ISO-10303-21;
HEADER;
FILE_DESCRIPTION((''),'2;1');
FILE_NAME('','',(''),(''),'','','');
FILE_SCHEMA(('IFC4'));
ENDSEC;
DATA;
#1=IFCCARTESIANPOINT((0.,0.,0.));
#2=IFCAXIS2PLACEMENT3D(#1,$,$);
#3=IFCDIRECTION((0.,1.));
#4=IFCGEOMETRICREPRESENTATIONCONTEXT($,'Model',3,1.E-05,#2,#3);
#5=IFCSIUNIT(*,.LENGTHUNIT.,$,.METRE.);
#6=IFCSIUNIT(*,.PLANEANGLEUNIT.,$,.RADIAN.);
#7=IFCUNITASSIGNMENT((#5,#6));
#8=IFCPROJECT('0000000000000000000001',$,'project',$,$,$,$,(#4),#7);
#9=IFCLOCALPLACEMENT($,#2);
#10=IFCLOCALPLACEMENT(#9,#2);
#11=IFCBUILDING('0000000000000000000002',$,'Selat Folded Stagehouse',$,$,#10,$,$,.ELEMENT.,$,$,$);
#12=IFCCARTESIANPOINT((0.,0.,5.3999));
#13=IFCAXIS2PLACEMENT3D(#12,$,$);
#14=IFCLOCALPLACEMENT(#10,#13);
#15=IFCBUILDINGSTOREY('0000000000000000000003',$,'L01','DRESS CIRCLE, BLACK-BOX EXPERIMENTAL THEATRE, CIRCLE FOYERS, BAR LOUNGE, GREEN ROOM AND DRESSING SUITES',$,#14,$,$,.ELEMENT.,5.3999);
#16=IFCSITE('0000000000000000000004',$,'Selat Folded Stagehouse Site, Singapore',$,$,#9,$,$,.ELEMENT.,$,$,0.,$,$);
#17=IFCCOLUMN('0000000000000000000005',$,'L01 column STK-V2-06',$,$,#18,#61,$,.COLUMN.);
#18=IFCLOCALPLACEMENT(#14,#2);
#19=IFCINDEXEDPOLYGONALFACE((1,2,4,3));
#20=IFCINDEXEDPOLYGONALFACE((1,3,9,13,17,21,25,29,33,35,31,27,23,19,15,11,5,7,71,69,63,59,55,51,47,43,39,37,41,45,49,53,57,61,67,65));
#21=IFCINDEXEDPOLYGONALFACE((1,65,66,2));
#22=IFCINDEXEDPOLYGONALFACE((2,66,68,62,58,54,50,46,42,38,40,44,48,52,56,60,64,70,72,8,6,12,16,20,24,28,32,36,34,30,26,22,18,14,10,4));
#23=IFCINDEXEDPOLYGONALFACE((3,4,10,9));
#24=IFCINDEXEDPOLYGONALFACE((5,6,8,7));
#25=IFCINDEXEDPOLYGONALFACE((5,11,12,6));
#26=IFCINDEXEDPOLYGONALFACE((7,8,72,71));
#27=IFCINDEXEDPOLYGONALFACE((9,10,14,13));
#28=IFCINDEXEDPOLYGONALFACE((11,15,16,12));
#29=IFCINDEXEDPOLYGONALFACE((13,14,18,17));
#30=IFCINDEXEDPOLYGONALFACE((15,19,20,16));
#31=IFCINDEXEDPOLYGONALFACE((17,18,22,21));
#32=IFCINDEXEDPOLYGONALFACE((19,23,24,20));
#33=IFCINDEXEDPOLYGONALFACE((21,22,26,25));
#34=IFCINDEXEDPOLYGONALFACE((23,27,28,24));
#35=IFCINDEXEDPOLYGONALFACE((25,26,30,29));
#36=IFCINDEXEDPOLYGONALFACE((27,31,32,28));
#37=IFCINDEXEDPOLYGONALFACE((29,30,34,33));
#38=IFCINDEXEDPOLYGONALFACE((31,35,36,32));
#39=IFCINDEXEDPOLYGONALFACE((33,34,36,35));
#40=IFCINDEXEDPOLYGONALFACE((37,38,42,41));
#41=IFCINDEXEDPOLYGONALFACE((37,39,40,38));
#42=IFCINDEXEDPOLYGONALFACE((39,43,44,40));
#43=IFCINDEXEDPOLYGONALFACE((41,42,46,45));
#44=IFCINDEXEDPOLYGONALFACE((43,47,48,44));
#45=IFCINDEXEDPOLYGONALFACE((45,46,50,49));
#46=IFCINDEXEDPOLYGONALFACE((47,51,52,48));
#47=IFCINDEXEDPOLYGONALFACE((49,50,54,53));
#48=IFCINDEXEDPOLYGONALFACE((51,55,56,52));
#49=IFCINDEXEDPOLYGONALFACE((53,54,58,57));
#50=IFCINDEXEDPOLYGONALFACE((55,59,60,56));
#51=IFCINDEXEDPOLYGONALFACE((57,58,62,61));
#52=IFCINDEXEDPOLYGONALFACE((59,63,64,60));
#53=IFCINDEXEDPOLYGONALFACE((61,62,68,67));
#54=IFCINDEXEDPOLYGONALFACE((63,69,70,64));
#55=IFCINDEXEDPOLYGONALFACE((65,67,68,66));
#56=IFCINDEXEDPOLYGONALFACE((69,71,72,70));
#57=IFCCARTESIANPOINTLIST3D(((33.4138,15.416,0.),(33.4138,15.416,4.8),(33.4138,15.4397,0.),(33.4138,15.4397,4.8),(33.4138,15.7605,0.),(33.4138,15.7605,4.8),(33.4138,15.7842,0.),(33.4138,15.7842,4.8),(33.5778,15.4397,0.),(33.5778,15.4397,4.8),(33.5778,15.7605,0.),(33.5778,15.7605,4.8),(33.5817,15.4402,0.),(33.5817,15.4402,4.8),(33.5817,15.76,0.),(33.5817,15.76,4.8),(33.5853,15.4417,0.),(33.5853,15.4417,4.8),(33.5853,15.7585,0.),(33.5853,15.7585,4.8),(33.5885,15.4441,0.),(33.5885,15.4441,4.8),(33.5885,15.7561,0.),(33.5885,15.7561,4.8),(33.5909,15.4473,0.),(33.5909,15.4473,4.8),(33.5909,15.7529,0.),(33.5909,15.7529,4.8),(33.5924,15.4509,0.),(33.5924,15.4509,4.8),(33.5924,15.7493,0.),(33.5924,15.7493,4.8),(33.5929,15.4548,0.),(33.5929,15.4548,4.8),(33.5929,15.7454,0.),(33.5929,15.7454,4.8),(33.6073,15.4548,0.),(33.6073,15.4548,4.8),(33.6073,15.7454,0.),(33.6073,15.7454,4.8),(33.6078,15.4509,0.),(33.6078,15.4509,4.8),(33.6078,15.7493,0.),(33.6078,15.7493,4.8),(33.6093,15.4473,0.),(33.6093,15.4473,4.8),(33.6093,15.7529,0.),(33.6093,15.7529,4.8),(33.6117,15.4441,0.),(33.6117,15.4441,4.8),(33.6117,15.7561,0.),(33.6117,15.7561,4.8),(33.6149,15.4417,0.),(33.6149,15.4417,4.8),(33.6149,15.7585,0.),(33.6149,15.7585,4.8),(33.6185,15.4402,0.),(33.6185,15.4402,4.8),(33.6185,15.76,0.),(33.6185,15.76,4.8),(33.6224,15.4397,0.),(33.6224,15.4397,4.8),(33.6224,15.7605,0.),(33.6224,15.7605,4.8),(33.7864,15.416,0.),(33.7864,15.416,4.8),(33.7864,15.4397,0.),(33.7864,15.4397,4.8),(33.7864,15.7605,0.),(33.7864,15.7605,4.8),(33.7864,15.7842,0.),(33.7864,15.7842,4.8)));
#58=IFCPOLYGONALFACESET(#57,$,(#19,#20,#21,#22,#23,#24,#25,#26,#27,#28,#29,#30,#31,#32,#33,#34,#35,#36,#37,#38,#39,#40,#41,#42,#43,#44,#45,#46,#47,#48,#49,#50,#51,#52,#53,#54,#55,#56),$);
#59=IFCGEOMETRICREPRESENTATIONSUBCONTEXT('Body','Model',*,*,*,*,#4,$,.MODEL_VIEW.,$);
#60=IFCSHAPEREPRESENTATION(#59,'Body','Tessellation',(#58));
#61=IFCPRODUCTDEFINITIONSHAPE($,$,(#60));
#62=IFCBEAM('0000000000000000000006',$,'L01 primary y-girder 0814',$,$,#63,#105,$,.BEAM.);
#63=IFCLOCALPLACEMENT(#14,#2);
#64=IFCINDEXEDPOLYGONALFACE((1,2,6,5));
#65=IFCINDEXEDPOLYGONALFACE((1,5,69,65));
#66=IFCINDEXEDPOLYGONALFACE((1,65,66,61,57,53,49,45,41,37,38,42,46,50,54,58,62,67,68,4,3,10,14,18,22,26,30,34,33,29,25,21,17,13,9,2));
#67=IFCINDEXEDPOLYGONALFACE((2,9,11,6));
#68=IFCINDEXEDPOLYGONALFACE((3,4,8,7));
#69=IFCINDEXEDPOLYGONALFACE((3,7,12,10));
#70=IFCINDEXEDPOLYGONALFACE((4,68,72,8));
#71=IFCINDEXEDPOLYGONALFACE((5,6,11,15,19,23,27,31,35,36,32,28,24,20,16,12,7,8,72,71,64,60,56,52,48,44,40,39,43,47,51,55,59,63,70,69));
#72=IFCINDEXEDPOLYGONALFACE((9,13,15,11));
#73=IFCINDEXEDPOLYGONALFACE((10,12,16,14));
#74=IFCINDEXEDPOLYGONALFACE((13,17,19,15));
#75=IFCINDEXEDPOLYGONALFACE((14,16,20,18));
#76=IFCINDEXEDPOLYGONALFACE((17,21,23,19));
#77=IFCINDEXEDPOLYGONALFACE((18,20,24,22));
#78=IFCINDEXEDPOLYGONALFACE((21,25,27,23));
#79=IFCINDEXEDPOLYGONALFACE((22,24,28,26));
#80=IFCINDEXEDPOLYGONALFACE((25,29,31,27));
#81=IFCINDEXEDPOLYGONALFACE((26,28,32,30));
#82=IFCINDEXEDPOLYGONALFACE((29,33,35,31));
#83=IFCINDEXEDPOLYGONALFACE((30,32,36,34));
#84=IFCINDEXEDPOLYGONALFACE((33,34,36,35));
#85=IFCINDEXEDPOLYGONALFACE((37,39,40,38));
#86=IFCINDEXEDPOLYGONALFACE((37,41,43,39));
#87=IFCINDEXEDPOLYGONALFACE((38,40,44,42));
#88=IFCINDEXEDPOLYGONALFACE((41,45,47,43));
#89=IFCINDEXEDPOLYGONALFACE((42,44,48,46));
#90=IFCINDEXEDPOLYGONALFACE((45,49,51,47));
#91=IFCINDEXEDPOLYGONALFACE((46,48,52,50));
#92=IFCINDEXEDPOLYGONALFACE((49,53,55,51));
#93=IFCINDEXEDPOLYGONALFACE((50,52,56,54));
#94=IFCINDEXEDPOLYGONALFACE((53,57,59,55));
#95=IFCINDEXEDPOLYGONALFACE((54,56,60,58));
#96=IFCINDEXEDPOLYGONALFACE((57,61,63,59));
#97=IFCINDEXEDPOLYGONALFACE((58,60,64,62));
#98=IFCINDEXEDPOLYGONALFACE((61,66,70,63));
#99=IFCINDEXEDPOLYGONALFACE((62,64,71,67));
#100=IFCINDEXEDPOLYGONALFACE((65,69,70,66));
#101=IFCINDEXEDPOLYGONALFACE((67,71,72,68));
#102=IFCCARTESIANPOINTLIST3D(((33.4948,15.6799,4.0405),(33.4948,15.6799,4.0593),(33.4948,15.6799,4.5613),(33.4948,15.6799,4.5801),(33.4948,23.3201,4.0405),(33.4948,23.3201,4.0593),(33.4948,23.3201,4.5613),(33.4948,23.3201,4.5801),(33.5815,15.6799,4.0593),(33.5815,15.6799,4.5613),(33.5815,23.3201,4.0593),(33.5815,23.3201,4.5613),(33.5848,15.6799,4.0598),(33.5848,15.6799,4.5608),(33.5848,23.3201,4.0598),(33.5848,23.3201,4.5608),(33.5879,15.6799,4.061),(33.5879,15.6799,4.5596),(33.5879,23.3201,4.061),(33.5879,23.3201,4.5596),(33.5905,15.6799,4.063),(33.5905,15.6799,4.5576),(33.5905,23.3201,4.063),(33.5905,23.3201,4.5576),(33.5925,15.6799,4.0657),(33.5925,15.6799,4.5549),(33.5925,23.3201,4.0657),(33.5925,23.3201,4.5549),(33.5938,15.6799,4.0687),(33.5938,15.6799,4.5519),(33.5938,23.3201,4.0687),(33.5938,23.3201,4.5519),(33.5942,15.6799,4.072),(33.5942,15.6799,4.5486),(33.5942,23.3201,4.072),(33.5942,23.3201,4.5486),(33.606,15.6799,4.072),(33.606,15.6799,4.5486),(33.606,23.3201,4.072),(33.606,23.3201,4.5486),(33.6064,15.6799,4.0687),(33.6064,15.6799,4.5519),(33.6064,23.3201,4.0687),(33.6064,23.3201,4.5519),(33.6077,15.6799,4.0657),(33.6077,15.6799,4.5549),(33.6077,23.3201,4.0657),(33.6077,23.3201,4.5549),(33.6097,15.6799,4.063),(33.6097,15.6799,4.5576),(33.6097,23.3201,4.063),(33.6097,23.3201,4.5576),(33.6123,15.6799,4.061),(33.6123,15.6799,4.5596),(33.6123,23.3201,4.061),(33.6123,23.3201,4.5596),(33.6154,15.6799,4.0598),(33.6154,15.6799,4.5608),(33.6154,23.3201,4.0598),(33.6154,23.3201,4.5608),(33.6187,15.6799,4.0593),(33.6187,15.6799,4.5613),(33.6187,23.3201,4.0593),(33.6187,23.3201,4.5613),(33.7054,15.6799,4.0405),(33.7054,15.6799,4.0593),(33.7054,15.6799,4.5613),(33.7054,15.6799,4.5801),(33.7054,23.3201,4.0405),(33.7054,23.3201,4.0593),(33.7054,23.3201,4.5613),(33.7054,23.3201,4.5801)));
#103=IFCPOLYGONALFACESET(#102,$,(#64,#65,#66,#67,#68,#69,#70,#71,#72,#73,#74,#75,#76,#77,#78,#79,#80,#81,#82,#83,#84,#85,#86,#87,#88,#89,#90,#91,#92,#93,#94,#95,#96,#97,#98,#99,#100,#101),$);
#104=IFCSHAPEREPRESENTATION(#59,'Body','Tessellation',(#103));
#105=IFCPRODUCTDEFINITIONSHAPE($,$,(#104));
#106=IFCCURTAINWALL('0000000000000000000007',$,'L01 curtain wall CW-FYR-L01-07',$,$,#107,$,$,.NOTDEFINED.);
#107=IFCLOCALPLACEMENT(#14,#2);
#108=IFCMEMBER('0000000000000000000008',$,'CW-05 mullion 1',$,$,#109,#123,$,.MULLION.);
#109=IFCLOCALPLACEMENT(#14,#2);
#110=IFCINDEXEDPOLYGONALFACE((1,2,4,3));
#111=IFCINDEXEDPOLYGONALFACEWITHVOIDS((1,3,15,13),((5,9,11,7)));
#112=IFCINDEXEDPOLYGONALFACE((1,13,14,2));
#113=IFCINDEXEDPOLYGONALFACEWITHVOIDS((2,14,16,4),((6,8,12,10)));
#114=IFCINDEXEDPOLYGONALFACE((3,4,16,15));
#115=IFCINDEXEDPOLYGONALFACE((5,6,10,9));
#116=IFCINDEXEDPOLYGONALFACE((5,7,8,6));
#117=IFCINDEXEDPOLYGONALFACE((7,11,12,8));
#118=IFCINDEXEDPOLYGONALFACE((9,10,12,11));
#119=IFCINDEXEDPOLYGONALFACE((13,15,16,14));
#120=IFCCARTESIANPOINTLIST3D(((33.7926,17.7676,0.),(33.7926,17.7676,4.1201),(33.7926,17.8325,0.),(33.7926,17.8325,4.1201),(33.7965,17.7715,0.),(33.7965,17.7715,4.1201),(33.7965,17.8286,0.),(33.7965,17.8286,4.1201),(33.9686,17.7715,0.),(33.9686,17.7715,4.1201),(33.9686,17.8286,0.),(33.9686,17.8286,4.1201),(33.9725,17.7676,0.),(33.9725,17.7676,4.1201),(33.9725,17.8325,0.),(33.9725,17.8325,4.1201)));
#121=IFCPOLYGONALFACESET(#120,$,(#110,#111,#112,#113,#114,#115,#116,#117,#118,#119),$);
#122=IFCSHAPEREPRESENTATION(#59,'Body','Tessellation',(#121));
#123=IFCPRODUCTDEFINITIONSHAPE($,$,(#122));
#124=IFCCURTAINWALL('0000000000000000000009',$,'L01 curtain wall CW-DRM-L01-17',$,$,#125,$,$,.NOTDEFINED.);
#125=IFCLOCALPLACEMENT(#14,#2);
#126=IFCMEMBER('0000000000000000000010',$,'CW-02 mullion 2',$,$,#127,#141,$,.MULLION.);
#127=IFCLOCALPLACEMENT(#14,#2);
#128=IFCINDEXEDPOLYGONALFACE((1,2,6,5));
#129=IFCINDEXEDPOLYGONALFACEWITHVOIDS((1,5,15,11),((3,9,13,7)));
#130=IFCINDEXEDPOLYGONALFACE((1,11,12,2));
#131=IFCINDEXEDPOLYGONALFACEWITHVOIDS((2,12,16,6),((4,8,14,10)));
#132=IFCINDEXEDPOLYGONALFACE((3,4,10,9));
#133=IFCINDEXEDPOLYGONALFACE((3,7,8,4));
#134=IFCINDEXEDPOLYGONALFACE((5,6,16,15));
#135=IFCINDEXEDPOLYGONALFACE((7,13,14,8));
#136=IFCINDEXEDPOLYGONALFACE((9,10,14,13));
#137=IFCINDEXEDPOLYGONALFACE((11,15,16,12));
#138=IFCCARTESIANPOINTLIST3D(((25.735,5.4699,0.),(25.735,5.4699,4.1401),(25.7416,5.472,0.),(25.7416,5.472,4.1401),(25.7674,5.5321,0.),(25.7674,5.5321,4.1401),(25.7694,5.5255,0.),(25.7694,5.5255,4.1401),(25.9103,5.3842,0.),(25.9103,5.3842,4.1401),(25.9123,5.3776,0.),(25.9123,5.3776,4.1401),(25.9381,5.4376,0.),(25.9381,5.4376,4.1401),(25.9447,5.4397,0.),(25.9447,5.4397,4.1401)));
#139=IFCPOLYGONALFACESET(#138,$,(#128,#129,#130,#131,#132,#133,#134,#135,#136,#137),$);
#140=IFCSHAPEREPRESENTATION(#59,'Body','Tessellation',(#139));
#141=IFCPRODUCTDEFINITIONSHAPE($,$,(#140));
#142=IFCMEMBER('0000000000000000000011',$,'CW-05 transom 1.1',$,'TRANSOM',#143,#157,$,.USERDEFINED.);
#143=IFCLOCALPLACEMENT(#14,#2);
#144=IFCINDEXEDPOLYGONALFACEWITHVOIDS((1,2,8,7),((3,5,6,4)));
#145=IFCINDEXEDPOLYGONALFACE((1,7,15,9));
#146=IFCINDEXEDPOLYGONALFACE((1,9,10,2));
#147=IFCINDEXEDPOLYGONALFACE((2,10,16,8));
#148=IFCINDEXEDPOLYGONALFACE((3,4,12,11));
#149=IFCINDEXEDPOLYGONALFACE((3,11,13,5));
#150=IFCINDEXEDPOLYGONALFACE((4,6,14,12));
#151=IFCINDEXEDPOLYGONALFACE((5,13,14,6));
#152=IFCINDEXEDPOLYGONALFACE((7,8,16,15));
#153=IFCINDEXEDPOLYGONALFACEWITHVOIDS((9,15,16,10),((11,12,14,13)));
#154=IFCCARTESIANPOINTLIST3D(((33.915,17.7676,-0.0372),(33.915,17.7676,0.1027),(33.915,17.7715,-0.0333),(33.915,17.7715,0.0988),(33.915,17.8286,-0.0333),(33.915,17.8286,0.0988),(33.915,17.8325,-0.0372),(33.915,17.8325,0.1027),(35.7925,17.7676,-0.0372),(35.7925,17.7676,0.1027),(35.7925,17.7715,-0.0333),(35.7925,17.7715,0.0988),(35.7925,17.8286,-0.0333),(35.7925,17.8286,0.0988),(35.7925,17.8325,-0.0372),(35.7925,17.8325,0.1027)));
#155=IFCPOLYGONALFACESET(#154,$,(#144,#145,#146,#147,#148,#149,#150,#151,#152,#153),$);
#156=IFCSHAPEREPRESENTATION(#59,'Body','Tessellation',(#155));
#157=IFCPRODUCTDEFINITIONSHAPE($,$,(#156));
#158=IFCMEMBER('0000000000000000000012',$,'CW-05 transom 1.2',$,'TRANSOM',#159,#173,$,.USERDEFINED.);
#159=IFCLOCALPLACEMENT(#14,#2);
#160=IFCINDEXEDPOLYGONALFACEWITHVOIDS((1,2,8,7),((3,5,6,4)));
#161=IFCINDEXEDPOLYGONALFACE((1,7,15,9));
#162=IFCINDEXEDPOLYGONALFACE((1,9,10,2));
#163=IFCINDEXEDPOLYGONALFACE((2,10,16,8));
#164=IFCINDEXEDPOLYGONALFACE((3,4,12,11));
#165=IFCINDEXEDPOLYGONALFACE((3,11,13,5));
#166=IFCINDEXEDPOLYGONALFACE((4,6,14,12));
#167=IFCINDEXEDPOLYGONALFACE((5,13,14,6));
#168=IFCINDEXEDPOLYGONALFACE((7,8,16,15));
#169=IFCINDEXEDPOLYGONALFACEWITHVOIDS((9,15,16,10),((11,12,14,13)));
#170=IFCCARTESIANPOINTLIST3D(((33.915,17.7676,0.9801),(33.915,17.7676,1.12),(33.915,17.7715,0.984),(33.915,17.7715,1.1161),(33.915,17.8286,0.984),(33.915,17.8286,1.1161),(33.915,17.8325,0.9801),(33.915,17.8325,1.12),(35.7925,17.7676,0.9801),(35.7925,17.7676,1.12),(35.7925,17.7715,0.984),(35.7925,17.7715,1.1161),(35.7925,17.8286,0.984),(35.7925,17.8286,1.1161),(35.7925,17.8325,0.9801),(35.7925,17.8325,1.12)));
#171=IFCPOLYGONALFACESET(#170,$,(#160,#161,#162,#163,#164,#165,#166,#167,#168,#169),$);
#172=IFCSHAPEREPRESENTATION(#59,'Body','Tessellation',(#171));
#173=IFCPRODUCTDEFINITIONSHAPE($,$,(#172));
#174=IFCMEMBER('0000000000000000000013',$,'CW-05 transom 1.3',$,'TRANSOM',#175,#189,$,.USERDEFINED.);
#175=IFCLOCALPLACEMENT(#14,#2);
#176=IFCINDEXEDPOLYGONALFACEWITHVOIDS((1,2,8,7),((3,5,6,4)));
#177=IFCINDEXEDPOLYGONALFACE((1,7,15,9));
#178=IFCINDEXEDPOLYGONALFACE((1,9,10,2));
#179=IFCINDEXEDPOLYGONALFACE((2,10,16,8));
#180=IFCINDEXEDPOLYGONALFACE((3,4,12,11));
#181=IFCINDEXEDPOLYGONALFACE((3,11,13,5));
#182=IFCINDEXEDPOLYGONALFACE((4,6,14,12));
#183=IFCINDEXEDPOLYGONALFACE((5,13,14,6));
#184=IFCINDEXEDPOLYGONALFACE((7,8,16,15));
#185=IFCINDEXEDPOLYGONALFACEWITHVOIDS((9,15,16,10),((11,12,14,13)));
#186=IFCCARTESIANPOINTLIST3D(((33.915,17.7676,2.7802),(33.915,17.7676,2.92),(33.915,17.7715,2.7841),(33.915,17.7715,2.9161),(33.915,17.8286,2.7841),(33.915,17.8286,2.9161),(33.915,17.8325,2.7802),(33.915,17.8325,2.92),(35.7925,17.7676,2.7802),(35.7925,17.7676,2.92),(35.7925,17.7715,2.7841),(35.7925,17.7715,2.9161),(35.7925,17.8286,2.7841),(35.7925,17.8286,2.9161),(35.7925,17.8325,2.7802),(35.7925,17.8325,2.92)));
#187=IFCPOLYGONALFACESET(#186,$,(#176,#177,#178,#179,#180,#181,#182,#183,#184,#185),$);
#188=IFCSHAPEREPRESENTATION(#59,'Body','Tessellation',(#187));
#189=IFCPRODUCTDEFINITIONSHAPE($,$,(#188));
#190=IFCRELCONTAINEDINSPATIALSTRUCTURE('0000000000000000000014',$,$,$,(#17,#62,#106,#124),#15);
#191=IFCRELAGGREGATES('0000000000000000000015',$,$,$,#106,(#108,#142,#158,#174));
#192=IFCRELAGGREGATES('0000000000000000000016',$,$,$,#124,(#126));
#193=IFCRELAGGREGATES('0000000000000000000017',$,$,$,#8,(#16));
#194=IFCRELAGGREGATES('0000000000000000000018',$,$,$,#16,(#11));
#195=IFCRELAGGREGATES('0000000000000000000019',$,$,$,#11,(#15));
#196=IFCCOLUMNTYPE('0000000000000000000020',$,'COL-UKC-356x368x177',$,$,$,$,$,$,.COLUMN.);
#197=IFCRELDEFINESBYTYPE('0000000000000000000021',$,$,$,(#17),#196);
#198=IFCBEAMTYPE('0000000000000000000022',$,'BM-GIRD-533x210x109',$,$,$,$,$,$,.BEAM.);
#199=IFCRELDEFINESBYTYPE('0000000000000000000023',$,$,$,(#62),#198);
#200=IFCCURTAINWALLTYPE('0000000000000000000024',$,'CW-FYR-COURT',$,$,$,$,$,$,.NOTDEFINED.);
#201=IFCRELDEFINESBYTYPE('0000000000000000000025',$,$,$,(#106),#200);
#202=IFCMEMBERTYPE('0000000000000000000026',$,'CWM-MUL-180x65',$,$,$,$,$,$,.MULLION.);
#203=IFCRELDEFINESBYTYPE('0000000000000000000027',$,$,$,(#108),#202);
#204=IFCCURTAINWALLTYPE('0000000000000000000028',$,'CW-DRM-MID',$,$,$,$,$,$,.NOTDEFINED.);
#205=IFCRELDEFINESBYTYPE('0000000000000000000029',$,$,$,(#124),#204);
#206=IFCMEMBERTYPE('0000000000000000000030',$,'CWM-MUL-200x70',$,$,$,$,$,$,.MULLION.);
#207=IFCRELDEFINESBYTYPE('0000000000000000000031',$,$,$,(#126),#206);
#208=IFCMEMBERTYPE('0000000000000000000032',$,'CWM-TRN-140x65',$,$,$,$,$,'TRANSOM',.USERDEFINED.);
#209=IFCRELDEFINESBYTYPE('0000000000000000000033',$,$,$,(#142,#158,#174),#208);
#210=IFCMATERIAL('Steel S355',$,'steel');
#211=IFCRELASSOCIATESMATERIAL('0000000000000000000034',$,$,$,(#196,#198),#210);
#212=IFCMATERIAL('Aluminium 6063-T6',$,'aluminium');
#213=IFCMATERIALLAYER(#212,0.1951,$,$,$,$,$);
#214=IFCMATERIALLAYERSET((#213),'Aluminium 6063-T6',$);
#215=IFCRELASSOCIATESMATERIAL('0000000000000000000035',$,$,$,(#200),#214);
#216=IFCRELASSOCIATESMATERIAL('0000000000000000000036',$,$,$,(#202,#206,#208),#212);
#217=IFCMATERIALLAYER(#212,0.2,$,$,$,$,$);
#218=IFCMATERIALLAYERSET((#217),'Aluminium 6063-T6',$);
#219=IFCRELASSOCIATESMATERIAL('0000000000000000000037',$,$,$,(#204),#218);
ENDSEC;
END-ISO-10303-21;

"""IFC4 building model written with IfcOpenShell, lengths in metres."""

from ifc_helpers import new_model, si_unit, direction, frame, origin, origin_2d, place, context, subcontext, project, spatial, hollow_rectangle, i_section, extrude, material, layer, layer_set, material_profile, profile_set, type_object, element, aggregate, save


model = new_model("IFC4")

# Units and contexts
model_context = context("Model", 3, precision=1e-05, world=origin(), true_north=direction((0.0, 1.0)))
body_context = subcontext(model_context, "Body", "Model", "MODEL_VIEW")
ifc_project = project(units=[si_unit("LENGTHUNIT", "METRE"), si_unit("PLANEANGLEUNIT", "RADIAN")], contexts=[model_context])

# Site, building, storey
site_placement = place(None, origin())
site = spatial("IfcSite", under=ifc_project, at=site_placement, Name="Selat Folded Stagehouse Site, Singapore", CompositionType="ELEMENT", RefElevation=0.0)
building_placement = place(site_placement, origin())
building = spatial("IfcBuilding", under=site, at=building_placement, Name="Selat Folded Stagehouse", CompositionType="ELEMENT")
storey_placement = place(building_placement, frame((0.0, 0.0, 5.3999)))
storey = spatial("IfcBuildingStorey", under=building, at=storey_placement, Name="L01", Description="DRESS CIRCLE, BLACK-BOX EXPERIMENTAL THEATRE, CIRCLE FOYERS, BAR LOUNGE, GREEN ROOM AND DRESSING SUITES", CompositionType="ELEMENT", Elevation=5.3999)

# Column
ifc_material_1 = material(Name="Steel S355", Category="steel")
ifc_material_profile_1 = material_profile(ifc_material_1, i_section(OverallWidth=0.3726, OverallDepth=0.3682, WebThickness=0.0144, FlangeThickness=0.0237, FilletRadius=0.0151, at=origin_2d()), Name="UKC 356x368x177")
ifc_profile_set_1 = profile_set([ifc_material_profile_1], Name="Steel S355")
column_type = type_object("IfcColumnType", Name="COL-UKC-356x368x177", PredefinedType="COLUMN", material=ifc_profile_set_1)
column_placement = place(storey_placement, frame((33.6001, 15.6001, 0.0), z_axis=(0.0, 0.0, 1.0), x_axis=(1.0, 0.0, 0.0)))
element("IfcColumn", 1, at=column_placement, inside=storey, type_object=column_type, Name="L01 column STK-V2-06", PredefinedType="COLUMN", context=body_context, shape_type="SweptSolid", body=[
    extrude(i_section(OverallWidth=0.3726, OverallDepth=0.3682, WebThickness=0.0144, FlangeThickness=0.0237, FilletRadius=0.0151, at=origin_2d()), origin(), (0.0, 0.0, 1.0), 4.8),
])

# Beam
ifc_material_profile_2 = material_profile(ifc_material_1, i_section(OverallWidth=0.2107, OverallDepth=0.5396, WebThickness=0.0117, FlangeThickness=0.0188, FilletRadius=0.0127, at=origin_2d()), Name="UKB 533x210x109")
ifc_profile_set_2 = profile_set([ifc_material_profile_2], Name="Steel S355")
beam_type_1 = type_object("IfcBeamType", Name="BM-GIRD-533x210x109", PredefinedType="BEAM", material=ifc_profile_set_2)
beam_1_placement = place(storey_placement, frame((33.6001, 15.6799, 4.3103), z_axis=(0.0, 1.0, 0.0), x_axis=(-1.0, 0.0, 0.0)))
element("IfcBeam", 2, at=beam_1_placement, inside=storey, type_object=beam_type_1, Name="L01 primary y-girder 0814", PredefinedType="BEAM", context=body_context, shape_type="SweptSolid", body=[
    extrude(i_section(OverallWidth=0.2107, OverallDepth=0.5396, WebThickness=0.0117, FlangeThickness=0.0188, FilletRadius=0.0127, at=origin_2d()), origin(), (0.0, 0.0, 1.0), 7.6401),
])

# Curtain walls, members
ifc_material_2 = material(Name="Aluminium 6063-T6", Category="aluminium")
ifc_layer_1 = layer(ifc_material_2, 0.1951)
ifc_layer_set_1 = layer_set([ifc_layer_1], Name="Aluminium 6063-T6")
curtain_wall_type_1 = type_object("IfcCurtainWallType", Name="CW-FYR-COURT", PredefinedType="NOTDEFINED", material=ifc_layer_set_1)
curtain_wall_1_placement = place(storey_placement, origin())
curtain_wall_1 = element("IfcCurtainWall", 3, at=curtain_wall_1_placement, inside=storey, type_object=curtain_wall_type_1, Name="L01 curtain wall CW-FYR-L01-07", PredefinedType="NOTDEFINED")
ifc_material_profile_3 = material_profile(ifc_material_2, hollow_rectangle(XDim=0.0649, YDim=0.1799, WallThickness=0.0039, at=origin_2d()), Name="ALU 180x65x4.0")
ifc_profile_set_3 = profile_set([ifc_material_profile_3], Name="Aluminium 6063-T6")
member_type_1 = type_object("IfcMemberType", Name="CWM-MUL-180x65", PredefinedType="MULLION", material=ifc_profile_set_3)
member_1_placement = place(storey_placement, frame((33.8826, 17.8, 0.0), z_axis=(0.0, 0.0, 1.0), x_axis=(0.0, 1.0, 0.0)))
member_1 = element("IfcMember", 4, at=member_1_placement, type_object=member_type_1, Name="CW-05 mullion 1", PredefinedType="MULLION", context=body_context, shape_type="SweptSolid", body=[
    extrude(hollow_rectangle(XDim=0.0649, YDim=0.1799, WallThickness=0.0039, at=origin_2d()), origin(), (0.0, 0.0, 1.0), 4.1201),
])
ifc_layer_2 = layer(ifc_material_2, 0.2)
ifc_layer_set_2 = layer_set([ifc_layer_2], Name="Aluminium 6063-T6")
curtain_wall_type_2 = type_object("IfcCurtainWallType", Name="CW-DRM-MID", PredefinedType="NOTDEFINED", material=ifc_layer_set_2)
curtain_wall_2_placement = place(storey_placement, origin())
curtain_wall_2 = element("IfcCurtainWall", 5, at=curtain_wall_2_placement, inside=storey, type_object=curtain_wall_type_2, Name="L01 curtain wall CW-DRM-L01-17", PredefinedType="NOTDEFINED")
ifc_material_profile_4 = material_profile(ifc_material_2, hollow_rectangle(XDim=0.0701, YDim=0.2, WallThickness=0.0049, at=origin_2d()), Name="ALU 200x70x5.0")
ifc_profile_set_4 = profile_set([ifc_material_profile_4], Name="Aluminium 6063-T6")
member_type_2 = type_object("IfcMemberType", Name="CWM-MUL-200x70", PredefinedType="MULLION", material=ifc_profile_set_4)
member_2_placement = place(storey_placement, frame((25.8398, 5.4548, 0.0), z_axis=(0.0, 0.0, 1.0), x_axis=(-0.461931, -0.886916, 0.0)))
member_2 = element("IfcMember", 6, at=member_2_placement, type_object=member_type_2, Name="CW-02 mullion 2", PredefinedType="MULLION", context=body_context, shape_type="SweptSolid", body=[
    extrude(hollow_rectangle(XDim=0.0701, YDim=0.2, WallThickness=0.0049, at=origin_2d()), origin(), (0.0, 0.0, 1.0), 4.1401),
])

# Members
ifc_material_profile_5 = material_profile(ifc_material_2, hollow_rectangle(XDim=0.0649, YDim=0.1399, WallThickness=0.0039, at=origin_2d()), Name="ALU 140x65x4.0")
ifc_profile_set_5 = profile_set([ifc_material_profile_5], Name="Aluminium 6063-T6")
member_type_3 = type_object("IfcMemberType", Name="CWM-TRN-140x65", ElementType="TRANSOM", PredefinedType="USERDEFINED", material=ifc_profile_set_5)
member_3_placement = place(storey_placement, frame((33.915, 17.8, 0.0327), z_axis=(1.0, 0.0, 0.0), x_axis=(0.0, 1.0, 0.0)))
member_3 = element("IfcMember", 7, at=member_3_placement, type_object=member_type_3, Name="CW-05 transom 1.1", ObjectType="TRANSOM", PredefinedType="USERDEFINED", context=body_context, shape_type="SweptSolid", body=[
    extrude(hollow_rectangle(XDim=0.0649, YDim=0.1399, WallThickness=0.0039, at=origin_2d()), origin(), (0.0, 0.0, 1.0), 1.8774),
])
member_4_placement = place(storey_placement, frame((33.915, 17.8, 1.05), z_axis=(1.0, 0.0, 0.0), x_axis=(0.0, 1.0, 0.0)))
member_4 = element("IfcMember", 8, at=member_4_placement, type_object=member_type_3, Name="CW-05 transom 1.2", ObjectType="TRANSOM", PredefinedType="USERDEFINED", context=body_context, shape_type="SweptSolid", body=[
    extrude(hollow_rectangle(XDim=0.0649, YDim=0.1399, WallThickness=0.0039, at=origin_2d()), origin(), (0.0, 0.0, 1.0), 1.8774),
])
member_5_placement = place(storey_placement, frame((33.915, 17.8, 2.8501), z_axis=(1.0, 0.0, 0.0), x_axis=(0.0, 1.0, 0.0)))
member_5 = element("IfcMember", 9, at=member_5_placement, type_object=member_type_3, Name="CW-05 transom 1.3", ObjectType="TRANSOM", PredefinedType="USERDEFINED", context=body_context, shape_type="SweptSolid", body=[
    extrude(hollow_rectangle(XDim=0.0649, YDim=0.1399, WallThickness=0.0039, at=origin_2d()), origin(), (0.0, 0.0, 1.0), 1.8774),
])
aggregate(curtain_wall_1, [member_1, member_3, member_4, member_5])
aggregate(curtain_wall_2, [member_2])

save(model, "model.ifc")
